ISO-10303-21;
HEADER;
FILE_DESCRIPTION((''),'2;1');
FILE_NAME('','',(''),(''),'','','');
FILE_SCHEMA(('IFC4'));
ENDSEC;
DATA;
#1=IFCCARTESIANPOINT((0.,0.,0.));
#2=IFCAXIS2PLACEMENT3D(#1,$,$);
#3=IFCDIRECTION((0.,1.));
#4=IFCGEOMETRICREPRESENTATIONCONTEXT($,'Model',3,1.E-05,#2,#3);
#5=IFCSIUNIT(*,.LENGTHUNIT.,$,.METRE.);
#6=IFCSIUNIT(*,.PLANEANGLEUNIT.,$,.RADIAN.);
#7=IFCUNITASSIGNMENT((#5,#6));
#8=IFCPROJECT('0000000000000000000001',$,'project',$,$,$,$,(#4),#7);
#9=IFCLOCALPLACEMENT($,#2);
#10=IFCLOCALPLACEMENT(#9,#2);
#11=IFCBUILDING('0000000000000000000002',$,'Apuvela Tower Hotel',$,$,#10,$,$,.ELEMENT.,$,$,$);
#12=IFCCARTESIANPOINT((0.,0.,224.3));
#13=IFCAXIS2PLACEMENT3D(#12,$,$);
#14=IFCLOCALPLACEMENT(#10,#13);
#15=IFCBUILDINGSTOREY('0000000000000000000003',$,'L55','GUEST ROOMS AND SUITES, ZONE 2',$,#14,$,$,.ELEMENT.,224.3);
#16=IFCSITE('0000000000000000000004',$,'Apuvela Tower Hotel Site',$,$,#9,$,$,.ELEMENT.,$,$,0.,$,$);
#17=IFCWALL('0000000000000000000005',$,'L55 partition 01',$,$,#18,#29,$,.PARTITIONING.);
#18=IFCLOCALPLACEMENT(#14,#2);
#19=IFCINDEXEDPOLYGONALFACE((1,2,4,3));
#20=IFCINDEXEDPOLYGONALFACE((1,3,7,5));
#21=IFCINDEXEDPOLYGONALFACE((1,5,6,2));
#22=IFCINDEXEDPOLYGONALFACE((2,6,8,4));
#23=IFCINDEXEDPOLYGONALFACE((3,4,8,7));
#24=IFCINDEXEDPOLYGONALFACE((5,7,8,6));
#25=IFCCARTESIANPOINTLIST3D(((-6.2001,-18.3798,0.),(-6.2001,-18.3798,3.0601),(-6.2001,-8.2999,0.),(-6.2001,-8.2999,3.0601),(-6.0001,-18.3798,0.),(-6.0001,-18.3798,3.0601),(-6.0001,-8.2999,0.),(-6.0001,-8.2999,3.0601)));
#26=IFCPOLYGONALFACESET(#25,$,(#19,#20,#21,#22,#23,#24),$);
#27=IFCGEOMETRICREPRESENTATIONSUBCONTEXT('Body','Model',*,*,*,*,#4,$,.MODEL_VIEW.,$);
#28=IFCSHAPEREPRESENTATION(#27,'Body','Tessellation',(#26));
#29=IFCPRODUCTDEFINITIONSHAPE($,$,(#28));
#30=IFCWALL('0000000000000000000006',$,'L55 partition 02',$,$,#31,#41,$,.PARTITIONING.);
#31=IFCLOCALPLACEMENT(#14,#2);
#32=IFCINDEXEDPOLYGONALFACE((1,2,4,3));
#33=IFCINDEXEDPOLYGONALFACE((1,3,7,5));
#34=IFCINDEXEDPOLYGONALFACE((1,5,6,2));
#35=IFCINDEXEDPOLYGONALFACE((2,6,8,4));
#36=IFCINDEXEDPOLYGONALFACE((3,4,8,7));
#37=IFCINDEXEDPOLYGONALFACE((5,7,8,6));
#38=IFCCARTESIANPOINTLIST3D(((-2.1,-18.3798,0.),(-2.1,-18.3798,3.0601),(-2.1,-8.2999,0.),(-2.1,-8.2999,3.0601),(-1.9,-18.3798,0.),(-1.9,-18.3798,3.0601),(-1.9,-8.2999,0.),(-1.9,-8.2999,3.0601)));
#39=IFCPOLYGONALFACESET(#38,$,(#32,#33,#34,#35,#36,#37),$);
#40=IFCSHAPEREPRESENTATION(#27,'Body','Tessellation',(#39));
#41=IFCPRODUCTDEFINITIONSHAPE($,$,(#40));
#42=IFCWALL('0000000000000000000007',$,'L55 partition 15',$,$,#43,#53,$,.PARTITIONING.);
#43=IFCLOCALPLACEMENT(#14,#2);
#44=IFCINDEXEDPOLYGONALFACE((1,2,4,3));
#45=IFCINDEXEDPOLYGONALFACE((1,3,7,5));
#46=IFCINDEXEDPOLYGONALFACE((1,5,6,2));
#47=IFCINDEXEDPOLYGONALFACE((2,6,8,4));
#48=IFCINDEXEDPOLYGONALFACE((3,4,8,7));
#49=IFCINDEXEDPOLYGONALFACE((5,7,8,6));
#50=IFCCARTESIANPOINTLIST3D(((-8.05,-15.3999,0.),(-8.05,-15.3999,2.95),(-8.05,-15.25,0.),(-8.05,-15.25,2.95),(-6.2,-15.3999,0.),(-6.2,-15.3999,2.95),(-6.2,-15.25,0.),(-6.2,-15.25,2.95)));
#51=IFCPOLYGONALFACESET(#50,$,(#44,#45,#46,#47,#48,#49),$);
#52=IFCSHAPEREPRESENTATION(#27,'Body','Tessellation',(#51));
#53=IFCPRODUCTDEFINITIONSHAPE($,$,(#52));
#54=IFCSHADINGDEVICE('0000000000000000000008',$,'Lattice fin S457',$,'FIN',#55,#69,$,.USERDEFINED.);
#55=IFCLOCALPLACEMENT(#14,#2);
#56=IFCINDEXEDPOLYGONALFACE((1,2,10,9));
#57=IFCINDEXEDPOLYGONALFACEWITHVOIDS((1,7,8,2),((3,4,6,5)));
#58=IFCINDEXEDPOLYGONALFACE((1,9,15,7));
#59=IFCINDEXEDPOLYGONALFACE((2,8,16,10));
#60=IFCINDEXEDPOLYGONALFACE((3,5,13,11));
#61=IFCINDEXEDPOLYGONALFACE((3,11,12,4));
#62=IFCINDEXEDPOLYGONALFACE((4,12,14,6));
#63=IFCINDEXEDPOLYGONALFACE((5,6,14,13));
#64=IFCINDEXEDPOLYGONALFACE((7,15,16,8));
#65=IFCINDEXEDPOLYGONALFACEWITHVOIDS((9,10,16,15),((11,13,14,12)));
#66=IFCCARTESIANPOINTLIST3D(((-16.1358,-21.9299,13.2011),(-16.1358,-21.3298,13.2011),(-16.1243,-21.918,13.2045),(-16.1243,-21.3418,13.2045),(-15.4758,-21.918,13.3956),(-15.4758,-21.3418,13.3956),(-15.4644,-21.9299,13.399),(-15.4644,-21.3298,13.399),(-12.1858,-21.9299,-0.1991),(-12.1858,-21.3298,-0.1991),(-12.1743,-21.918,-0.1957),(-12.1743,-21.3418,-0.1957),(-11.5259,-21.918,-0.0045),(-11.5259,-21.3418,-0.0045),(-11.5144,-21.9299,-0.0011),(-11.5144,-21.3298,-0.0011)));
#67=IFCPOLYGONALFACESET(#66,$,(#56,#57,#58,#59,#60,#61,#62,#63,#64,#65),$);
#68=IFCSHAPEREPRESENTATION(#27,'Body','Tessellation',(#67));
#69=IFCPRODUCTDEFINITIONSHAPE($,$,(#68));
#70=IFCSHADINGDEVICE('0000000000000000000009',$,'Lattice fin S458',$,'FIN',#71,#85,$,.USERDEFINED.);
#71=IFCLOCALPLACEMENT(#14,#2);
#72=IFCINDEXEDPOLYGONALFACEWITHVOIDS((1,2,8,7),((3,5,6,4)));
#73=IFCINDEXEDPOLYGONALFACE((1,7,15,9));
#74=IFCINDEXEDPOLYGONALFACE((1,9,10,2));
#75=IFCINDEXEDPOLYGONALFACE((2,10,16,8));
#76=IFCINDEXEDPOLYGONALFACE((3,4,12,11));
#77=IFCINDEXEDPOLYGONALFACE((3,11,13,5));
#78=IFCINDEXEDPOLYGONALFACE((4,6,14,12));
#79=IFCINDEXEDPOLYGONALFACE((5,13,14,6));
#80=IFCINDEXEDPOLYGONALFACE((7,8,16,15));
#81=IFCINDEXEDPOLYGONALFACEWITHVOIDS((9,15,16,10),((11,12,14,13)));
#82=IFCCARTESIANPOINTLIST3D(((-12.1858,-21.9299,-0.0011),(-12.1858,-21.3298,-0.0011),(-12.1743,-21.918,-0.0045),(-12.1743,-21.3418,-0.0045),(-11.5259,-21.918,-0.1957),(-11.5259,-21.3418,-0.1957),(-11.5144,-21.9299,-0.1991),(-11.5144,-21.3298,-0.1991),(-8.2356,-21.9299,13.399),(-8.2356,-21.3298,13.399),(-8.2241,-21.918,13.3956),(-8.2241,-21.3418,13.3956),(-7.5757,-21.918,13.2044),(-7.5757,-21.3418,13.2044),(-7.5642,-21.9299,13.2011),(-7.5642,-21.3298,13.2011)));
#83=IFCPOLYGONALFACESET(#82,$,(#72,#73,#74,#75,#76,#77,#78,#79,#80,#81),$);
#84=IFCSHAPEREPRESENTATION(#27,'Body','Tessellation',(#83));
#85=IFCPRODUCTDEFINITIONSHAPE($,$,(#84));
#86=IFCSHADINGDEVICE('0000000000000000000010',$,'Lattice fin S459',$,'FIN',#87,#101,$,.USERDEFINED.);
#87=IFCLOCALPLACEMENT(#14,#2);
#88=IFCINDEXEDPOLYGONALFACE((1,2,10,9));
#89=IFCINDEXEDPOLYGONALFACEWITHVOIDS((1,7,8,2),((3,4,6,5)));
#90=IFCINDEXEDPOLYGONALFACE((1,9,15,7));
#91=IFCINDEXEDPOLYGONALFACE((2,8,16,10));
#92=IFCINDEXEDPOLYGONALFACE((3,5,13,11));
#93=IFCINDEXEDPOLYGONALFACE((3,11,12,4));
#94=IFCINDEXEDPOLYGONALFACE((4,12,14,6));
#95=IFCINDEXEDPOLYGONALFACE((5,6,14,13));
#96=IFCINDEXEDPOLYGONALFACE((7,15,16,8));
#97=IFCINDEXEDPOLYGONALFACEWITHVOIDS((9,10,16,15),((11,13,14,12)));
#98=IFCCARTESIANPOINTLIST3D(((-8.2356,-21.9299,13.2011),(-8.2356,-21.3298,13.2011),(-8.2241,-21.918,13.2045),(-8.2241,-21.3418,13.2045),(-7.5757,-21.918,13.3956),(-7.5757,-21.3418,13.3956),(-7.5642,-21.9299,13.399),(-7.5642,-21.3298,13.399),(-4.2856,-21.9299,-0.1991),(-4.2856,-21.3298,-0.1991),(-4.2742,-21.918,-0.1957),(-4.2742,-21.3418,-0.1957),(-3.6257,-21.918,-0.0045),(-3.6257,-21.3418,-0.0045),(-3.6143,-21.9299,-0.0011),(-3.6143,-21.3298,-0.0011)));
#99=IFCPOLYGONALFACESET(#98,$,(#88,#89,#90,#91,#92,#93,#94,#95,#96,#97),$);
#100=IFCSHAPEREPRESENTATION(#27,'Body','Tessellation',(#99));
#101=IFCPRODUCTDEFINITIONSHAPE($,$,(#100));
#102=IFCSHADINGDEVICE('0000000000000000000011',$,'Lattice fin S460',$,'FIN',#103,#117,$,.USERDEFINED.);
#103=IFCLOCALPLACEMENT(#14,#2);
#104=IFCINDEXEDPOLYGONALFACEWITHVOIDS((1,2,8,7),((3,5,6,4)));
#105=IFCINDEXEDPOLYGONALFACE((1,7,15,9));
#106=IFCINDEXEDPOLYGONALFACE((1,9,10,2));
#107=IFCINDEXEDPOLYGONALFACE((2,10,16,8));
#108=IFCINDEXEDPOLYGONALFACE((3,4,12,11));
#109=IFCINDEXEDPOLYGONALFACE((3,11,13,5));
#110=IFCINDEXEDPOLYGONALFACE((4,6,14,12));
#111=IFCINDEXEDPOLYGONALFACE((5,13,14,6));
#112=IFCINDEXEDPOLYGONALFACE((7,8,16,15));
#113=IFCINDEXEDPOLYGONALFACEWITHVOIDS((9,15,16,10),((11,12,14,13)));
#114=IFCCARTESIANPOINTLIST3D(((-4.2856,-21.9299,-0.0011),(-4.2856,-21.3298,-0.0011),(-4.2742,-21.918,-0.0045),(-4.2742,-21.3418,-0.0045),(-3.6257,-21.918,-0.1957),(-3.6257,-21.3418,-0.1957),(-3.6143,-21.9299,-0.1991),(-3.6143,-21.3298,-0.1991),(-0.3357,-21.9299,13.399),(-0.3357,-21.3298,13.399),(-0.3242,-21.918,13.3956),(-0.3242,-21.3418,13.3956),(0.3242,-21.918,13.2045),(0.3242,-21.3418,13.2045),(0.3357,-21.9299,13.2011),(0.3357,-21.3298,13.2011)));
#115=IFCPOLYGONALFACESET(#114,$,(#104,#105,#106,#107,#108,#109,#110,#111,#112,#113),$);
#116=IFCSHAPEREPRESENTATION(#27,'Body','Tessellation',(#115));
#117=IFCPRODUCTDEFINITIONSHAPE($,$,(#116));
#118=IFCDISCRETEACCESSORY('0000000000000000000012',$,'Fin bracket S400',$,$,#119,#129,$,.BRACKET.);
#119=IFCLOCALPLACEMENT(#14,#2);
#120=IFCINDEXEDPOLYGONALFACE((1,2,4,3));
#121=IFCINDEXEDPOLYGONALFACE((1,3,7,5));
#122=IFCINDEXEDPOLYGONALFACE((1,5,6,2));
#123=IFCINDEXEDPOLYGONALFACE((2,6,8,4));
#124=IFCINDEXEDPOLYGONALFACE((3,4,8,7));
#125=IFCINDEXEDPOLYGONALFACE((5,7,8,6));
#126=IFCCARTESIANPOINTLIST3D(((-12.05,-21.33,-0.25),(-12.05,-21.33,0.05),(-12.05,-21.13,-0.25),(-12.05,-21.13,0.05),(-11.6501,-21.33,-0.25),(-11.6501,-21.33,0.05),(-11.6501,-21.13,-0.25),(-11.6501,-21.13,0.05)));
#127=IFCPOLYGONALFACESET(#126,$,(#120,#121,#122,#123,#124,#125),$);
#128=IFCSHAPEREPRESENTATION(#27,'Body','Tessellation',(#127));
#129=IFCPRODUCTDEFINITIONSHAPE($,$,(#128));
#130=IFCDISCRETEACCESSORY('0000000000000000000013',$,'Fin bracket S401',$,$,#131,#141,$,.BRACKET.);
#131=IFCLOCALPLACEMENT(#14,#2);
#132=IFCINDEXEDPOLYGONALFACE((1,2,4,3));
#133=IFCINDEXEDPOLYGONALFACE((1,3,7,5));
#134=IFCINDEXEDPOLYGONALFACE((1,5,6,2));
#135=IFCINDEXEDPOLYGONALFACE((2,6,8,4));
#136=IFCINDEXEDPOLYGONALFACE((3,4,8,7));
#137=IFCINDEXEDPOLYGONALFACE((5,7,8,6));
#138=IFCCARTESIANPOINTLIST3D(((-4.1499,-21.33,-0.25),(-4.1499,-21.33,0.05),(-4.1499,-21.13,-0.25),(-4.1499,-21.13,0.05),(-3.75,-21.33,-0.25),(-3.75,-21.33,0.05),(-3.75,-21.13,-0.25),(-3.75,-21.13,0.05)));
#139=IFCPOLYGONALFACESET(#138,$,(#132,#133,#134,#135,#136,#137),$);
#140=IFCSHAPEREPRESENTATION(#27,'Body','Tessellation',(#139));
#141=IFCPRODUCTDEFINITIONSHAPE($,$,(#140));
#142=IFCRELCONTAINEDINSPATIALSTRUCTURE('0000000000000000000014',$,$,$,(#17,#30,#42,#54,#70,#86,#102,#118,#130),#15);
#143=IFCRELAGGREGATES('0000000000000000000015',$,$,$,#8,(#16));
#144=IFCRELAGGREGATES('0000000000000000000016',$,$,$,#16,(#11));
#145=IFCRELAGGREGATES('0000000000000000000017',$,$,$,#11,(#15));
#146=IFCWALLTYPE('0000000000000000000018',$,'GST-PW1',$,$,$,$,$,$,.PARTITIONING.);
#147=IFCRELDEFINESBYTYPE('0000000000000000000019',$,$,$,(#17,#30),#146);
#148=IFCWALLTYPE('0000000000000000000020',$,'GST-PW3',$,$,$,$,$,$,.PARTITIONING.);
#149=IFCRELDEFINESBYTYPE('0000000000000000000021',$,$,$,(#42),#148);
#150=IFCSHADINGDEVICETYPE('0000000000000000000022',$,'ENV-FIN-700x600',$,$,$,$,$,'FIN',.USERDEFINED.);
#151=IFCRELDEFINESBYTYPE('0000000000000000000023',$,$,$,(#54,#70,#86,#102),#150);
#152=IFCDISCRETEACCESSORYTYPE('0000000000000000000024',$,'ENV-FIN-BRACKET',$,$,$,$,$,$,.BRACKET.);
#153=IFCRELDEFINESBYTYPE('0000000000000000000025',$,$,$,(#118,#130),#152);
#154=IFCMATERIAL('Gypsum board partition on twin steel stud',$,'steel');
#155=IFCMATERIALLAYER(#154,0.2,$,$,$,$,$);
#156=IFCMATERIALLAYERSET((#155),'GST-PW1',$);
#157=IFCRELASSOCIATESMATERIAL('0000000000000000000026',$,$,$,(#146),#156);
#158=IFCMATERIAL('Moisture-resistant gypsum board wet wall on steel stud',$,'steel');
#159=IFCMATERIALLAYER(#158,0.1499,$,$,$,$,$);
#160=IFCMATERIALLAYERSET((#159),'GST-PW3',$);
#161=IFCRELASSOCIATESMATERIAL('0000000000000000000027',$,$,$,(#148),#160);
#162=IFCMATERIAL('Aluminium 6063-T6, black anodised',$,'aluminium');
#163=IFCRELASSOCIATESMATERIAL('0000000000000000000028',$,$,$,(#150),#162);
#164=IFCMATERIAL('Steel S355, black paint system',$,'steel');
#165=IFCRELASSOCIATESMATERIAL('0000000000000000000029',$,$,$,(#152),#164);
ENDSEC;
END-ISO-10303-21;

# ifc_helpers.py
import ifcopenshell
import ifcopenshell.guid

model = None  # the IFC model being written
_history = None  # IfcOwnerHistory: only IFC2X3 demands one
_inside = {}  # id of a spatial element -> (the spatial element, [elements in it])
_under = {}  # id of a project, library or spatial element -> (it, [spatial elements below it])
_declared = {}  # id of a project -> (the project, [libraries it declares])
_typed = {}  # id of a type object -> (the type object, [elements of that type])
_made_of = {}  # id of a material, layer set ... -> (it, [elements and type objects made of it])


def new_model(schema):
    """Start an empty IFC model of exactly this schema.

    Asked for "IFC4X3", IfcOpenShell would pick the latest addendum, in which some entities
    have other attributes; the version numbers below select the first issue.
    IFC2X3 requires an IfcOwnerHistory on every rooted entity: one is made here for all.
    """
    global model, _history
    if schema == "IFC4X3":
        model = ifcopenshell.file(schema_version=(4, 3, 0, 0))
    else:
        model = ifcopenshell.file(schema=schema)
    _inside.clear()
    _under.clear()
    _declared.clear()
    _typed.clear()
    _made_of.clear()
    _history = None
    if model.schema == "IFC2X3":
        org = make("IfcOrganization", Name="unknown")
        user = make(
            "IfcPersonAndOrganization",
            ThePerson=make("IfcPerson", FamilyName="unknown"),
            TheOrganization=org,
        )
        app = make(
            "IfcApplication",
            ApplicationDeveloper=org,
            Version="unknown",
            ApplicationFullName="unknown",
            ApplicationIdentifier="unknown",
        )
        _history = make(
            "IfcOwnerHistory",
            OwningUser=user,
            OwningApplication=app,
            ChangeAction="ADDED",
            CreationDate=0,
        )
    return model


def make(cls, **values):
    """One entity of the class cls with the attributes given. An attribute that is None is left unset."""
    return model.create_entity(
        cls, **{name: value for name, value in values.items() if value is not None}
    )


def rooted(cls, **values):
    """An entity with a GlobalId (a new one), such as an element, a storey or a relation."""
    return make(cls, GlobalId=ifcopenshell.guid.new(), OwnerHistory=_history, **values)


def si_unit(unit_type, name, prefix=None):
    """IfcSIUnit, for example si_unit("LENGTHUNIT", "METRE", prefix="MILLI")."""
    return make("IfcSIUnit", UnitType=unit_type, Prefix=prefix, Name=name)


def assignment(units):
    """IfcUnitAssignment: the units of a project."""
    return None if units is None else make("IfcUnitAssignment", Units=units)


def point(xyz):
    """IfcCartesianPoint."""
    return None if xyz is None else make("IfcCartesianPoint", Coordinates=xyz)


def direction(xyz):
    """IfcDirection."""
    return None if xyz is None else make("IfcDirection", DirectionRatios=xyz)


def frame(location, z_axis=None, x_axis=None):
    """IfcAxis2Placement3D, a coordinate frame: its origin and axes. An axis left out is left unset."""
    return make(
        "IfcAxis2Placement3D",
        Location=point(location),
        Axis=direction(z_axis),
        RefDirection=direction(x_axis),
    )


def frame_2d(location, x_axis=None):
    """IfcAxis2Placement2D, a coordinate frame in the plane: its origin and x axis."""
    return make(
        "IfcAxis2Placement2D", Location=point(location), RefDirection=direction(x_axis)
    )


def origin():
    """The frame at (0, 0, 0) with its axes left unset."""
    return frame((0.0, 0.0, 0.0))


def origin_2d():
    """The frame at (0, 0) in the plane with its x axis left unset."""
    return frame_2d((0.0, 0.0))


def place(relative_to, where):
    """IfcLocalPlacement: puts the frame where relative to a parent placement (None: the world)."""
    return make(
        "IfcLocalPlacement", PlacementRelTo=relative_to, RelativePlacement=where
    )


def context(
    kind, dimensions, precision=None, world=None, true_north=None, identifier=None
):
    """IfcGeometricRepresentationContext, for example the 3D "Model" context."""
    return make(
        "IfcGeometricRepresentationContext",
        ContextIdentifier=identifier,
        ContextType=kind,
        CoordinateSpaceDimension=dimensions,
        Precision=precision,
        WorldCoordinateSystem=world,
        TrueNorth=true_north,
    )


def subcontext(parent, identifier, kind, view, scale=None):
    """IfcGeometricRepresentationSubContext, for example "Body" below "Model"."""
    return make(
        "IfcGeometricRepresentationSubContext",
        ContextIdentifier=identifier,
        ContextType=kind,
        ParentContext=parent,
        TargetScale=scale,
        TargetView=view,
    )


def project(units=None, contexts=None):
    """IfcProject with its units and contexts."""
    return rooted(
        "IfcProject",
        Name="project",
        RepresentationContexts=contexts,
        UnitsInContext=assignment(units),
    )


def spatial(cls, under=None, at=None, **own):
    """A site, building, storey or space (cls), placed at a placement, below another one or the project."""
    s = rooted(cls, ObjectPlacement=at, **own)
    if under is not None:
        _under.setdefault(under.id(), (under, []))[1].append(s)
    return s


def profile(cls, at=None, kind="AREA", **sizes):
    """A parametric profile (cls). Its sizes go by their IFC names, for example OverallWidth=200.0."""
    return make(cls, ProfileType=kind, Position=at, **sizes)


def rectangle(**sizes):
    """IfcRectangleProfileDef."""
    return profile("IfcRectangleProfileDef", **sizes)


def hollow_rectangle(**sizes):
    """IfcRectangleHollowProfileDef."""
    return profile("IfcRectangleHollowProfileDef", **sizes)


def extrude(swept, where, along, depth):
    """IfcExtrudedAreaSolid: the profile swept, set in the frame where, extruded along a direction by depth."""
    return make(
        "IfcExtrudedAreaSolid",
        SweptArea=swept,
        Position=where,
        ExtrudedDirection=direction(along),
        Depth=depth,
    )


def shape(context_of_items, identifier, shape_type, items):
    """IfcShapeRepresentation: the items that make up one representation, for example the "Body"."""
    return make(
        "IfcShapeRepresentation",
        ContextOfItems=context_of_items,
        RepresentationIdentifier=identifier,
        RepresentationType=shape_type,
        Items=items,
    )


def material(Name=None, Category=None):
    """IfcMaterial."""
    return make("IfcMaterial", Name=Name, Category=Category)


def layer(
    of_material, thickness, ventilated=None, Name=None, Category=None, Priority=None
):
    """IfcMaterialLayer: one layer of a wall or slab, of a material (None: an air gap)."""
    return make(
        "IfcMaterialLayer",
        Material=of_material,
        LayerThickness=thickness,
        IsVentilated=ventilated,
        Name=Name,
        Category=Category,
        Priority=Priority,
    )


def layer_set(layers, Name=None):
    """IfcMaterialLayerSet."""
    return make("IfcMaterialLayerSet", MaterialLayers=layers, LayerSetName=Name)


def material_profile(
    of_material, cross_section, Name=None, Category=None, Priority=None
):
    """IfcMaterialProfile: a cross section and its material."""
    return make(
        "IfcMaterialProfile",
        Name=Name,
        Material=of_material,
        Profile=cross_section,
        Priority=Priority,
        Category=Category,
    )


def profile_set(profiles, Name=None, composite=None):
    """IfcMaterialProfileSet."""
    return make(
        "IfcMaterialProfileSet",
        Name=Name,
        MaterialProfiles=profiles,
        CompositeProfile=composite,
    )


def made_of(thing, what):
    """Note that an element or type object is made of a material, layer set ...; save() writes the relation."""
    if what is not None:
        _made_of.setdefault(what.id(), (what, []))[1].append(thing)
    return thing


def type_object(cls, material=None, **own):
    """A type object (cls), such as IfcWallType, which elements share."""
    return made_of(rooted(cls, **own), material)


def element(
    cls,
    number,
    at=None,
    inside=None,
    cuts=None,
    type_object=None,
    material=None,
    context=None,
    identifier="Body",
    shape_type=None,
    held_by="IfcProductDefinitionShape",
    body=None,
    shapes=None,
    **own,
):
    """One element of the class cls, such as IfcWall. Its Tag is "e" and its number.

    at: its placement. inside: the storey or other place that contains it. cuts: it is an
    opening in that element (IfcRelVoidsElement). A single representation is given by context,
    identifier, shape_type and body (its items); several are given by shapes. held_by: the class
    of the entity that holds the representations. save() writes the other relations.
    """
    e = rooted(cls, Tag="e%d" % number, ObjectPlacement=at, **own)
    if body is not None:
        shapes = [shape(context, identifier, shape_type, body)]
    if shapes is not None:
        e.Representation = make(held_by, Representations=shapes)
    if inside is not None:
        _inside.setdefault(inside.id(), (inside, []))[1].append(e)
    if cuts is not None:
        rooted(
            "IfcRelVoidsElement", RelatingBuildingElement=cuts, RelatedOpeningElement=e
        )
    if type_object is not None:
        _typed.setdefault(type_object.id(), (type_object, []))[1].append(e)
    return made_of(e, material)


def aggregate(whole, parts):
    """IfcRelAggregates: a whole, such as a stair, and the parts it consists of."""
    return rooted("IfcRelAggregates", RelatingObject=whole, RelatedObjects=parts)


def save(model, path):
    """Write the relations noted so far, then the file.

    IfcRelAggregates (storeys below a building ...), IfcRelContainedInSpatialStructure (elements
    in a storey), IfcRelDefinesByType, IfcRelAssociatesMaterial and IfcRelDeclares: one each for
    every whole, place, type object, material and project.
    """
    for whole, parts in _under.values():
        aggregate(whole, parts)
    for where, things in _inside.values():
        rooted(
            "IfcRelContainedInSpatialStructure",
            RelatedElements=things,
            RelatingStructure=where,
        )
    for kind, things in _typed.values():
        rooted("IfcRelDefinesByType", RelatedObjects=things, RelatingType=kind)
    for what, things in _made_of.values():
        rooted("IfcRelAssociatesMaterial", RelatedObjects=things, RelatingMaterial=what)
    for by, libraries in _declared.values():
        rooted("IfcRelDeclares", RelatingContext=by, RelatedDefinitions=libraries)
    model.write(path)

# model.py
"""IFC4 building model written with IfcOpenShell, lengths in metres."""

from ifc_helpers import new_model, si_unit, direction, frame, frame_2d, origin, origin_2d, place, context, subcontext, project, spatial, rectangle, hollow_rectangle, extrude, material, layer, layer_set, material_profile, profile_set, type_object, element, save


model = new_model("IFC4")

# Units and contexts
model_context = context("Model", 3, precision=1e-05, world=origin(), true_north=direction((0.0, 1.0)))
body_context = subcontext(model_context, "Body", "Model", "MODEL_VIEW")
ifc_project = project(units=[si_unit("LENGTHUNIT", "METRE"), si_unit("PLANEANGLEUNIT", "RADIAN")], contexts=[model_context])

# Site, building, storey
site_placement = place(None, origin())
site = spatial("IfcSite", under=ifc_project, at=site_placement, Name="Apuvela Tower Hotel Site", CompositionType="ELEMENT", RefElevation=0.0)
building_placement = place(site_placement, origin())
building = spatial("IfcBuilding", under=site, at=building_placement, Name="Apuvela Tower Hotel", CompositionType="ELEMENT")
storey_placement = place(building_placement, frame((0.0, 0.0, 224.3)))
storey = spatial("IfcBuildingStorey", under=building, at=storey_placement, Name="L55", Description="GUEST ROOMS AND SUITES, ZONE 2", CompositionType="ELEMENT", Elevation=224.3)

# Walls
ifc_material_1 = material(Name="Gypsum board partition on twin steel stud", Category="steel")
ifc_layer_1 = layer(ifc_material_1, 0.2)
ifc_layer_set_1 = layer_set([ifc_layer_1], Name="GST-PW1")
wall_type_1 = type_object("IfcWallType", Name="GST-PW1", PredefinedType="PARTITIONING", material=ifc_layer_set_1)
for number, where, z_axis, x_axis, name in (
    (1, (-6.1001, -18.3799, 0.0), (0.0, 0.0, 1.0), (0.0, 1.0, 0.0), "L55 partition 01"),
    (2, (-2.0, -18.3799, 0.0), (0.0, 0.0, 1.0), (0.0, 1.0, 0.0), "L55 partition 02"),
):
    element("IfcWall", number, at=place(storey_placement, frame(where, z_axis=z_axis, x_axis=x_axis)), inside=storey, type_object=wall_type_1, Name=name, PredefinedType="PARTITIONING", context=body_context, shape_type="SweptSolid", body=[
        extrude(rectangle(XDim=10.0798, YDim=0.2, at=frame_2d((5.04, 0.0))), origin(), (0.0, 0.0, 1.0), 3.0601),
    ])
ifc_material_2 = material(Name="Moisture-resistant gypsum board wet wall on steel stud", Category="steel")
ifc_layer_2 = layer(ifc_material_2, 0.1499)
ifc_layer_set_2 = layer_set([ifc_layer_2], Name="GST-PW3")
wall_type_2 = type_object("IfcWallType", Name="GST-PW3", PredefinedType="PARTITIONING", material=ifc_layer_set_2)
wall_1_placement = place(storey_placement, frame((-8.05, -15.325, 0.0), z_axis=(0.0, 0.0, 1.0), x_axis=(1.0, 0.0, 0.0)))
element("IfcWall", 3, at=wall_1_placement, inside=storey, type_object=wall_type_2, Name="L55 partition 15", PredefinedType="PARTITIONING", context=body_context, shape_type="SweptSolid", body=[
    extrude(rectangle(XDim=1.8501, YDim=0.1499, at=frame_2d((0.925, 0.0))), origin(), (0.0, 0.0, 1.0), 2.95),
])

# Shading devices
ifc_material_3 = material(Name="Aluminium 6063-T6, black anodised", Category="aluminium")
ifc_material_profile_1 = material_profile(ifc_material_3, hollow_rectangle(XDim=0.6001, YDim=0.7, WallThickness=0.012, at=origin_2d()), Name="AL BOX 700x600x12")
ifc_profile_set_1 = profile_set([ifc_material_profile_1], Name="Aluminium 6063-T6, black anodised")
shading_device_type = type_object("IfcShadingDeviceType", Name="ENV-FIN-700x600", ElementType="FIN", PredefinedType="USERDEFINED", material=ifc_profile_set_1)
for number, where, z_axis, x_axis, name in (
    (4, (-11.8501, -21.6299, -0.1001), (-0.282742, 0.0, 0.959196), (0.0, -1.0, 0.0), "Lattice fin S457"),
    (5, (-11.8501, -21.6299, -0.1001), (0.282758, 0.0, 0.959191), (0.0, 1.0, 0.0), "Lattice fin S458"),
    (6, (-3.95, -21.6299, -0.1001), (-0.282742, 0.0, 0.959196), (0.0, -1.0, 0.0), "Lattice fin S459"),
    (7, (-3.95, -21.6299, -0.1001), (0.282742, 0.0, 0.959196), (0.0, 1.0, 0.0), "Lattice fin S460"),
):
    element("IfcShadingDevice", number, at=place(storey_placement, frame(where, z_axis=z_axis, x_axis=x_axis)), inside=storey, type_object=shading_device_type, Name=name, ObjectType="FIN", PredefinedType="USERDEFINED", context=body_context, shape_type="SweptSolid", body=[
        extrude(hollow_rectangle(XDim=0.6001, YDim=0.7, WallThickness=0.012, at=origin_2d()), origin(), (0.0, 0.0, 1.0), 13.9702),
    ])

# Discrete accessories
ifc_material_4 = material(Name="Steel S355, black paint system", Category="steel")
discrete_accessory_type = type_object("IfcDiscreteAccessoryType", Name="ENV-FIN-BRACKET", PredefinedType="BRACKET", material=ifc_material_4)
for number, where, z_axis, x_axis, name in (
    (8, (-11.8501, -21.23, -0.25), (0.0, 0.0, 1.0), (1.0, 0.0, 0.0), "Fin bracket S400"),
    (9, (-3.95, -21.23, -0.25), (0.0, 0.0, 1.0), (1.0, 0.0, 0.0), "Fin bracket S401"),
):
    element("IfcDiscreteAccessory", number, at=place(storey_placement, frame(where, z_axis=z_axis, x_axis=x_axis)), inside=storey, type_object=discrete_accessory_type, Name=name, PredefinedType="BRACKET", context=body_context, shape_type="SweptSolid", body=[
        extrude(rectangle(XDim=0.3999, YDim=0.2, at=origin_2d()), origin(), (0.0, 0.0, 1.0), 0.3),
    ])

save(model, "model.ifc")
